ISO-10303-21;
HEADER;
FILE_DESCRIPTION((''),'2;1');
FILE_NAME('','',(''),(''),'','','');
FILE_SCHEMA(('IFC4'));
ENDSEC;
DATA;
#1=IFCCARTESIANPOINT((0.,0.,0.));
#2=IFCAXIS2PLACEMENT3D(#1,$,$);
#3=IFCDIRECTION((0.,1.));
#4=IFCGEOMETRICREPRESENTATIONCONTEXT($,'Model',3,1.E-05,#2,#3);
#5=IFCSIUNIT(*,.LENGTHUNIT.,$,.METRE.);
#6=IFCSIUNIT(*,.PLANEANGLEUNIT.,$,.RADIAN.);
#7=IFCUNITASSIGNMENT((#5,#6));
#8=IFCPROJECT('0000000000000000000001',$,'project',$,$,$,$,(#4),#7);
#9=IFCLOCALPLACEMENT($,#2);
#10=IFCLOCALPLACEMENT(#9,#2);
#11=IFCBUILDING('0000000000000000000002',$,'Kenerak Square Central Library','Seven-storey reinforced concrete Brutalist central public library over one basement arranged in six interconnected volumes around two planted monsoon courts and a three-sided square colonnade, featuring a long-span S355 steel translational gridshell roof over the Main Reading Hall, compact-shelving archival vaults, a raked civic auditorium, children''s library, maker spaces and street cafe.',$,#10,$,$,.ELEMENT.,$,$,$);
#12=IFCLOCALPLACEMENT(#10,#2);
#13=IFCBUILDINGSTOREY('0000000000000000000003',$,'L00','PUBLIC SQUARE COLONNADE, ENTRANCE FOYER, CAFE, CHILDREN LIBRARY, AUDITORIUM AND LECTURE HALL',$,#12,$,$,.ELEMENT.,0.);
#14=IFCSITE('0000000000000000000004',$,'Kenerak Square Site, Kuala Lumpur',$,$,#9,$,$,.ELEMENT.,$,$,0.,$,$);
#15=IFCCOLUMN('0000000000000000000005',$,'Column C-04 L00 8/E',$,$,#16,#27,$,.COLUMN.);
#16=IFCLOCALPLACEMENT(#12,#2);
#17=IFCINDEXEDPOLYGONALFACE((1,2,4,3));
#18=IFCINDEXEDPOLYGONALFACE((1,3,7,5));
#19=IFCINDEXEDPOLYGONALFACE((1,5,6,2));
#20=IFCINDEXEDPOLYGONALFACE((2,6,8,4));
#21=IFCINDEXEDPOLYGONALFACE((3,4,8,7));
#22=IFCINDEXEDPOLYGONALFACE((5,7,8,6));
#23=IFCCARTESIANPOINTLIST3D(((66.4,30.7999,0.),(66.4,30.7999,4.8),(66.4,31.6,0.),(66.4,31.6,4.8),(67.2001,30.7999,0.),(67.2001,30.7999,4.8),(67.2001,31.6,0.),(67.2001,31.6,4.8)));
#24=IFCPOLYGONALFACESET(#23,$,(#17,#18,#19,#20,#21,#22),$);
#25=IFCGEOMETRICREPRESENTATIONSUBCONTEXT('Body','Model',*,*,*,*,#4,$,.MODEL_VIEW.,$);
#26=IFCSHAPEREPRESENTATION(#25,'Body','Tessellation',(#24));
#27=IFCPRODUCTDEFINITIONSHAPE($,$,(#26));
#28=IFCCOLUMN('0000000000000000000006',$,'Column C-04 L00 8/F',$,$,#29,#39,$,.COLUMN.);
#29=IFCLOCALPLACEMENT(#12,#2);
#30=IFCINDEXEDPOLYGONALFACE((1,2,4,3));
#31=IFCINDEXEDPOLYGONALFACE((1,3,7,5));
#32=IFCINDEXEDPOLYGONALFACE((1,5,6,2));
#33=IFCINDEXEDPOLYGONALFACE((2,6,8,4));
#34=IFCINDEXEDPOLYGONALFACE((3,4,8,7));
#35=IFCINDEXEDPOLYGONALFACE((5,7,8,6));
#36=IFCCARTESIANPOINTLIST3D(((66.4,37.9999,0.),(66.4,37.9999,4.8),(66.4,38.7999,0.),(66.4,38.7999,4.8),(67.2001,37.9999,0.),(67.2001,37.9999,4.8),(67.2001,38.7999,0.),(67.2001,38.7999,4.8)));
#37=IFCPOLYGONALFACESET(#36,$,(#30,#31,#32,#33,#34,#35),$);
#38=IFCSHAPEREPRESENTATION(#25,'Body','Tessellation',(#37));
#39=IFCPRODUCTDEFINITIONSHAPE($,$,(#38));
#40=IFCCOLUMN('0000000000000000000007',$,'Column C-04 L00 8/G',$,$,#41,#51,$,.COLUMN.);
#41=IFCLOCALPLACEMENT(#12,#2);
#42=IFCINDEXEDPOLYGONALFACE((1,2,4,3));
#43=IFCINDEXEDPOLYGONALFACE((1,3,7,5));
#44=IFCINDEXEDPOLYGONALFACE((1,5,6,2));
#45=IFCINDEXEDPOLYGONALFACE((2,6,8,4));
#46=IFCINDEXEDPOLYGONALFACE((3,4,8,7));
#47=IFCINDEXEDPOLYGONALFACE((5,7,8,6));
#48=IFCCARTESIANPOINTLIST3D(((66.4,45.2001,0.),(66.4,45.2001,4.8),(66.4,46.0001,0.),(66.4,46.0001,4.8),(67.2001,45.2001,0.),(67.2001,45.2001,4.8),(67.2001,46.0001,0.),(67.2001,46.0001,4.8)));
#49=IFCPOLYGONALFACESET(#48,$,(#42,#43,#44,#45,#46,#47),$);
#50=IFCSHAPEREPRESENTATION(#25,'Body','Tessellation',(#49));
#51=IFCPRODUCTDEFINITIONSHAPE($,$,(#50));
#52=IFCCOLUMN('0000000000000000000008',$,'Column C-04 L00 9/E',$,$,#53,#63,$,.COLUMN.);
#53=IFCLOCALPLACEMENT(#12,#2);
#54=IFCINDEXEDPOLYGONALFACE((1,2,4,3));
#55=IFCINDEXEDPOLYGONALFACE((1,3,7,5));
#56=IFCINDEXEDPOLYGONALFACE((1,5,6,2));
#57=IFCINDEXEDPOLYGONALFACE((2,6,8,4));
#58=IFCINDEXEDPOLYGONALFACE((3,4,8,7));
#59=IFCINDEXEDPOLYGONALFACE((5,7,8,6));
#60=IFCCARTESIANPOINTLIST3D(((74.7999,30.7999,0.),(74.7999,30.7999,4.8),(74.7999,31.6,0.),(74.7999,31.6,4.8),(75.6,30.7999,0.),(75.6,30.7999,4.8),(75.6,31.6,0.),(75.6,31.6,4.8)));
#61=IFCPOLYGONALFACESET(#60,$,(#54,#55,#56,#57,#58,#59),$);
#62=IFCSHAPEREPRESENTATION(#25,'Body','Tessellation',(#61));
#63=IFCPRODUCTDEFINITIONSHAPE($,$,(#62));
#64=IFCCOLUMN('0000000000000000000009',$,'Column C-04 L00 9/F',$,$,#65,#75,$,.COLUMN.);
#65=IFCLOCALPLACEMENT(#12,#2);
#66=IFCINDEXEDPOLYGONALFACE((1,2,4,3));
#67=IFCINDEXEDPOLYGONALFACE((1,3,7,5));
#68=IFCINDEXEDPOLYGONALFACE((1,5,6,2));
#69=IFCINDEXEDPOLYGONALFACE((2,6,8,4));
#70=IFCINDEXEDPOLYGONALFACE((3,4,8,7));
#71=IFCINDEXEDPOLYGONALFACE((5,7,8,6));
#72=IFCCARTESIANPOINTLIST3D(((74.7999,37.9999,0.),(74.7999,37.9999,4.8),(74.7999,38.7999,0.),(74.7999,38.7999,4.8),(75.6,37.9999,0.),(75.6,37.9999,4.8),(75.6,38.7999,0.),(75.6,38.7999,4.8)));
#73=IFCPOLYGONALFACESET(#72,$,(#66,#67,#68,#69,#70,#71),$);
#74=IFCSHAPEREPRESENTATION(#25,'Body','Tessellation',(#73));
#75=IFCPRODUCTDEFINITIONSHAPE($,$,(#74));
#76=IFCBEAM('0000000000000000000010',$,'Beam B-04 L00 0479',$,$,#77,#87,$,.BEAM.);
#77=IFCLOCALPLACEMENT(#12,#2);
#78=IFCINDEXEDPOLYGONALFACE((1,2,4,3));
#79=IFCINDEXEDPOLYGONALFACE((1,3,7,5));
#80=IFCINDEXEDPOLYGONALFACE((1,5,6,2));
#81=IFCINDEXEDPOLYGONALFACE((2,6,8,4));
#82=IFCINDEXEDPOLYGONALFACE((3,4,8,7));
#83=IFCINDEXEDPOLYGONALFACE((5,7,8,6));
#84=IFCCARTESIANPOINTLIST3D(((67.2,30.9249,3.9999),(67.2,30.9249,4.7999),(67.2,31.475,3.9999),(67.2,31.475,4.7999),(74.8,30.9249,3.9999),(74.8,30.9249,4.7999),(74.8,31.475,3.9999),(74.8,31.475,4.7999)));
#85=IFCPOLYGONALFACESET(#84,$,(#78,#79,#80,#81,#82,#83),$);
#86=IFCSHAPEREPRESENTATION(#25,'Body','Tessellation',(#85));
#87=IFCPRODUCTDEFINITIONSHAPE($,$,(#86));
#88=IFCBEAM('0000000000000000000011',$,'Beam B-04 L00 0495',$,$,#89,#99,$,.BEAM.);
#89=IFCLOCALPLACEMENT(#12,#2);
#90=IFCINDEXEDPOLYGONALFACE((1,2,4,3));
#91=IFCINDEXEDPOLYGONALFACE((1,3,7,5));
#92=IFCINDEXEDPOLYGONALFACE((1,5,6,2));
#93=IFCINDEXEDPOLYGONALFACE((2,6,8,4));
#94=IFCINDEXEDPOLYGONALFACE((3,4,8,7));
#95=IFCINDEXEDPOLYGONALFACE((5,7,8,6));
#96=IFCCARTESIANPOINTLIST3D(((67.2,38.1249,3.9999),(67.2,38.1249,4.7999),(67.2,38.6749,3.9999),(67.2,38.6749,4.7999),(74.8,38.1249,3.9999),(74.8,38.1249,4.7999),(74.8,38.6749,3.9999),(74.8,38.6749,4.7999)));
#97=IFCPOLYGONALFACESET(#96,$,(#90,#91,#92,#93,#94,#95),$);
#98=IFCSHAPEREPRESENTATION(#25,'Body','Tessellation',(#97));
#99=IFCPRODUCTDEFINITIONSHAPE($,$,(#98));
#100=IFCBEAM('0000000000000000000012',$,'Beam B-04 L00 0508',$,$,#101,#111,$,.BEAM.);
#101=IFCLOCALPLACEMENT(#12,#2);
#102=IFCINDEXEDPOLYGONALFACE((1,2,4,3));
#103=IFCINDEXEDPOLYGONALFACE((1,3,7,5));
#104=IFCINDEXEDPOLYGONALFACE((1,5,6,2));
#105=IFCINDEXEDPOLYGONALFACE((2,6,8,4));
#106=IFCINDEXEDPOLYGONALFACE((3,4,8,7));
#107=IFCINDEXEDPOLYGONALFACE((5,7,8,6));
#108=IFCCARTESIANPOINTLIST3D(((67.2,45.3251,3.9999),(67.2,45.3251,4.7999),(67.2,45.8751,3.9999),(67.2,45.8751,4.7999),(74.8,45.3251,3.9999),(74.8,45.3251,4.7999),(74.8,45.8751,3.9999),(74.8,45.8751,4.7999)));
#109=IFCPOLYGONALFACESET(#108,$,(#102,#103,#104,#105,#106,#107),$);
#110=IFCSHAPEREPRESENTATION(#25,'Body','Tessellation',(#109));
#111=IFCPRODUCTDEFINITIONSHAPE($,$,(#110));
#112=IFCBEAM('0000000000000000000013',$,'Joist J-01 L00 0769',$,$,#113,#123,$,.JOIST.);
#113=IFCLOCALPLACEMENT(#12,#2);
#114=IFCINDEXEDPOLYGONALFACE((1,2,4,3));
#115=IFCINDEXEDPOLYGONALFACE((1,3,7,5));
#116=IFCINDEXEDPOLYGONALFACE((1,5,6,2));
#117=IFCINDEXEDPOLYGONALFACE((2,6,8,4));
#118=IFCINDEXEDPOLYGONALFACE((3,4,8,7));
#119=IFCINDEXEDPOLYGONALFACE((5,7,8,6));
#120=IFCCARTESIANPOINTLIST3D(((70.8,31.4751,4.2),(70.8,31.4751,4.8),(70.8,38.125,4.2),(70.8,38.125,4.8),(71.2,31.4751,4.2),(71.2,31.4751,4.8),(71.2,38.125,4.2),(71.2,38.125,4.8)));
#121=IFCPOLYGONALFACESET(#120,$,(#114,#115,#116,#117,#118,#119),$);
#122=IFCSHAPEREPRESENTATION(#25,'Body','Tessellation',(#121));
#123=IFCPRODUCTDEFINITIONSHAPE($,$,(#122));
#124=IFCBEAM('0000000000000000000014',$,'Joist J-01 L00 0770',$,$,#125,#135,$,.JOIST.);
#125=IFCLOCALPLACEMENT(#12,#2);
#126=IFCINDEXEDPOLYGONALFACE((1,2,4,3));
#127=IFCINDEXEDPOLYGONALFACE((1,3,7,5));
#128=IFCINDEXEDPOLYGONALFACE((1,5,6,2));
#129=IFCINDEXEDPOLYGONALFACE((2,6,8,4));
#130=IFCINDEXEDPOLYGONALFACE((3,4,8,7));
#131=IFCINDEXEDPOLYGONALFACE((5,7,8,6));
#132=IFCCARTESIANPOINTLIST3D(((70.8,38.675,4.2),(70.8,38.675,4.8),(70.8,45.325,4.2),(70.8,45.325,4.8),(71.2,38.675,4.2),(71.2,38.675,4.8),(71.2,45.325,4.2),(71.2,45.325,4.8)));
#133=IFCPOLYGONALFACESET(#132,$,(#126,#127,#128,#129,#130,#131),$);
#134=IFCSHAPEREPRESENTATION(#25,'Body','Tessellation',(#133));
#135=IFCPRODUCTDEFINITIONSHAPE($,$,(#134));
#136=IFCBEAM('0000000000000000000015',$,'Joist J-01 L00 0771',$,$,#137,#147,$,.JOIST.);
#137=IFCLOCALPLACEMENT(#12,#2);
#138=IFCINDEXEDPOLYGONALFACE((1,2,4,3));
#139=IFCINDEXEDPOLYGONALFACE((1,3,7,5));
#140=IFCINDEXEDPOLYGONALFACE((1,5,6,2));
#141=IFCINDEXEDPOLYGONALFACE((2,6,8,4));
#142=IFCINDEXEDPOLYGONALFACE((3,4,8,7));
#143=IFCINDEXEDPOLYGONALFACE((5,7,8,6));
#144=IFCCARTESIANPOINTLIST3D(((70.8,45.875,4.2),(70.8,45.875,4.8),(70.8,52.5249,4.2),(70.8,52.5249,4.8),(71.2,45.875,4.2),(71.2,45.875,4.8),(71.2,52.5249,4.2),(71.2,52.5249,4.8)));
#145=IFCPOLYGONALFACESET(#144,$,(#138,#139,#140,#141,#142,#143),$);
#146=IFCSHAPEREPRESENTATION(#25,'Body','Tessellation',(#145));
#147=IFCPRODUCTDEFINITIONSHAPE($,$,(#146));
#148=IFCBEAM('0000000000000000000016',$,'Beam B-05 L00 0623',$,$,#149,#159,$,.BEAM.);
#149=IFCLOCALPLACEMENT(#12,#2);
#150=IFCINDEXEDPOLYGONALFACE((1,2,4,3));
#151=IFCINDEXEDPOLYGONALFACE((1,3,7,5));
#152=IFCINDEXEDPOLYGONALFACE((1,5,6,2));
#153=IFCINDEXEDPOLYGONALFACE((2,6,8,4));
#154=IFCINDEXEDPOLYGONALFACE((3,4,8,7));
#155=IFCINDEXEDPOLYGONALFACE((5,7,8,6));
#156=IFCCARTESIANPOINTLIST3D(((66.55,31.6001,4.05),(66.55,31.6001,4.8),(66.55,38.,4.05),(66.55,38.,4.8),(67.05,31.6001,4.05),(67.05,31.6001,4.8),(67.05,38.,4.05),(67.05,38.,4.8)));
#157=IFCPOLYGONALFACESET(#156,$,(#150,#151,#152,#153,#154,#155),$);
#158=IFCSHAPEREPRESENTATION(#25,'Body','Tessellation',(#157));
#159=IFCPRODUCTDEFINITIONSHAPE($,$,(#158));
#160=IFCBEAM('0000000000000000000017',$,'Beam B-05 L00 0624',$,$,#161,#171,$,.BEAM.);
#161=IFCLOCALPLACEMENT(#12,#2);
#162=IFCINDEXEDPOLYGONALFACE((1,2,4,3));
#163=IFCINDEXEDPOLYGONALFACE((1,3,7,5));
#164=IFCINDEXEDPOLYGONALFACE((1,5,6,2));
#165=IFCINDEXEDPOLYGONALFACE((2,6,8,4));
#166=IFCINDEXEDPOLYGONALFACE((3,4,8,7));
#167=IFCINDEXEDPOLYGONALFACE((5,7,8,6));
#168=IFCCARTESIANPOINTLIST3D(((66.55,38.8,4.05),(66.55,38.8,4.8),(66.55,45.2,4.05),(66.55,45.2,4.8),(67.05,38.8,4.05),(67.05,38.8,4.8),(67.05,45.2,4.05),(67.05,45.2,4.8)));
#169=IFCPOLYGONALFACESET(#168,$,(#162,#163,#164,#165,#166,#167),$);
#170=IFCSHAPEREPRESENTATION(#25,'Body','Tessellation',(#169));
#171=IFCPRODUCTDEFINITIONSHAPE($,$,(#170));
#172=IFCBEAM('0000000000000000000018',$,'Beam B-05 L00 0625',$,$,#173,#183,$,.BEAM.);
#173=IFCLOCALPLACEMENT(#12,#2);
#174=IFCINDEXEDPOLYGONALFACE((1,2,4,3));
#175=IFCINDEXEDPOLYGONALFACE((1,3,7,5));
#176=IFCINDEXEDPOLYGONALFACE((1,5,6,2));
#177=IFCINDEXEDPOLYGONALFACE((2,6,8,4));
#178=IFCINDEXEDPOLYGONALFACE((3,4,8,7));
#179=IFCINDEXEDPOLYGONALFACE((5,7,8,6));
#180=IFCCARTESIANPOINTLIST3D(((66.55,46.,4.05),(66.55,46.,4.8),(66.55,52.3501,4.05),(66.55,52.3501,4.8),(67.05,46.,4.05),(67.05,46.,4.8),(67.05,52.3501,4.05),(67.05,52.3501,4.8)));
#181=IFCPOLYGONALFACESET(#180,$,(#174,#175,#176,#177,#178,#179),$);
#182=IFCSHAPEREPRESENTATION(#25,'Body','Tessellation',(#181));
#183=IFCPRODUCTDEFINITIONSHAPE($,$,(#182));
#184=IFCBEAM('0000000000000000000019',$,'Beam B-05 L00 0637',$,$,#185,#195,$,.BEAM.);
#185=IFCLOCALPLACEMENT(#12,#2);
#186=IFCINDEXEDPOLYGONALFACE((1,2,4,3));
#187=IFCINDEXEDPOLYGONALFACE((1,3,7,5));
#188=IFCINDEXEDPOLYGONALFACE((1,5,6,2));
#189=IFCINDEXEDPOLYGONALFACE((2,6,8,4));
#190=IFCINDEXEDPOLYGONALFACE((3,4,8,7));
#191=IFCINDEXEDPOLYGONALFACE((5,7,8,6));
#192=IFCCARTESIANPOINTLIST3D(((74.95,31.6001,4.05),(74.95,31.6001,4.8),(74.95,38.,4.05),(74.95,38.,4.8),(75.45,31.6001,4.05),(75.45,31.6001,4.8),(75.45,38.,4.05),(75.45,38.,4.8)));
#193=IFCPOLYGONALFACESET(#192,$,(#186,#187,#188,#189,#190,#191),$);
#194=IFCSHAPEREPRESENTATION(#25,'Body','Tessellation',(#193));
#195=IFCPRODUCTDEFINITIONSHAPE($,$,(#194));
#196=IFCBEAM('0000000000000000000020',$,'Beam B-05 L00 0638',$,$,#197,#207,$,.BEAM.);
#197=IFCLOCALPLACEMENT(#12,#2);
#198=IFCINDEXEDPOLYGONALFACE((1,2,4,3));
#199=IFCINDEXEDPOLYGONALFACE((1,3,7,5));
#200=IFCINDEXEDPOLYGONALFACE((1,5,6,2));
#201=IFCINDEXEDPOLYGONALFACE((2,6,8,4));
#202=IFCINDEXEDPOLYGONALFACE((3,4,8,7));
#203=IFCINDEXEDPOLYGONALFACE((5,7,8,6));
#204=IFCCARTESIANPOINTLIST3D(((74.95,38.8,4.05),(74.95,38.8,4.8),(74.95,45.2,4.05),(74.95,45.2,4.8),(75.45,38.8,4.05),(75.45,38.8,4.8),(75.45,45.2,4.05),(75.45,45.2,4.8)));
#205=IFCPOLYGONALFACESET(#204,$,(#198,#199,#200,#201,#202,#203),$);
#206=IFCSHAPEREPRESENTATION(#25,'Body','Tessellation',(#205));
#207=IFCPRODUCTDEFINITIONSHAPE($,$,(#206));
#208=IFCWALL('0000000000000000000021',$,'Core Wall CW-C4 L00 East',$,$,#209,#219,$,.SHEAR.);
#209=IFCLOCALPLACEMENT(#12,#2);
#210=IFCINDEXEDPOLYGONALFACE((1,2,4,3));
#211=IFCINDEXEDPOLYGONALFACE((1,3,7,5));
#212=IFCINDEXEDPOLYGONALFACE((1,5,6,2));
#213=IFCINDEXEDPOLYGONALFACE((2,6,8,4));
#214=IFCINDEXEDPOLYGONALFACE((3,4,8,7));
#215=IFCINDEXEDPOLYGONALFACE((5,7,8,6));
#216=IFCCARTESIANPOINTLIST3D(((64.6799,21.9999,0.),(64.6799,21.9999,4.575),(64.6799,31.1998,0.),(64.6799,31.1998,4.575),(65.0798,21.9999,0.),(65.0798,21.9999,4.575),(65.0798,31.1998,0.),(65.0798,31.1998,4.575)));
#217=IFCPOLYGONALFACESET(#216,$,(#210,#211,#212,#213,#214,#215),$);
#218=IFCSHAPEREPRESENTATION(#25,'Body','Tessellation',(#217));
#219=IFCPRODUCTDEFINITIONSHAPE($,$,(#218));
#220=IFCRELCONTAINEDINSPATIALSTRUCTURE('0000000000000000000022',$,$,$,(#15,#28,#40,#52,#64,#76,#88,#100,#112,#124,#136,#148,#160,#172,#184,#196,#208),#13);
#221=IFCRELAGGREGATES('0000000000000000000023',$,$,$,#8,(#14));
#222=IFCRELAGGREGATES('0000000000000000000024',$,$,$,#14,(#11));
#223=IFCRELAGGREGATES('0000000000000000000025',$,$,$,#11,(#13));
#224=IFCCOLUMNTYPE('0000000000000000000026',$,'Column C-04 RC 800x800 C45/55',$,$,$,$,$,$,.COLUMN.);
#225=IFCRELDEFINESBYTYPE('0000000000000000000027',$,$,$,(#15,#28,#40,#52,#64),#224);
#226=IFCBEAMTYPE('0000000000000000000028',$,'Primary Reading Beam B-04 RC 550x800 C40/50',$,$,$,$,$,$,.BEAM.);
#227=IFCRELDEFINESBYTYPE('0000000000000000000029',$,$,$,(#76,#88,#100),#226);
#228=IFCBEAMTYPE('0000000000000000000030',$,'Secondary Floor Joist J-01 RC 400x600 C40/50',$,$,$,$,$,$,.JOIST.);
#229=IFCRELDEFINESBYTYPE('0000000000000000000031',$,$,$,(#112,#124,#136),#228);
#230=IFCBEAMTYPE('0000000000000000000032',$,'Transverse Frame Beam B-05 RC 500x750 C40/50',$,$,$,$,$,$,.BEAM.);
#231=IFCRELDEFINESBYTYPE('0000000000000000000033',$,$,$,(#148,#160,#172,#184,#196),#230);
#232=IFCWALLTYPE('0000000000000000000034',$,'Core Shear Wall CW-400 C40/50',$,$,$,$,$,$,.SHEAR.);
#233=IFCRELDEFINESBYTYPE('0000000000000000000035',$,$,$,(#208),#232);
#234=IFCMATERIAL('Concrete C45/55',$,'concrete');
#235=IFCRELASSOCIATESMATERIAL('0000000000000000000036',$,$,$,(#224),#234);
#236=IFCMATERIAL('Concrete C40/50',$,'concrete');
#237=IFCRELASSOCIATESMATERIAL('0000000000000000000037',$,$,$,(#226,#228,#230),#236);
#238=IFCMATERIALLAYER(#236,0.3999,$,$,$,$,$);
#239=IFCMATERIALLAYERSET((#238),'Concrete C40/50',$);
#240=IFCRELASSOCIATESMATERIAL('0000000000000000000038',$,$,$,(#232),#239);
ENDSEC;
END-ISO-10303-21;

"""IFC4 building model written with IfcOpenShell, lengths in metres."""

from ifc_helpers import new_model, si_unit, direction, frame, frame_2d, origin, origin_2d, place, context, subcontext, project, spatial, rectangle, extrude, material, layer, layer_set, material_profile, profile_set, type_object, element, save


model = new_model("IFC4")

# Units and contexts
model_context = context("Model", 3, precision=1e-05, world=origin(), true_north=direction((0.0, 1.0)))
body_context = subcontext(model_context, "Body", "Model", "MODEL_VIEW")
ifc_project = project(units=[si_unit("LENGTHUNIT", "METRE"), si_unit("PLANEANGLEUNIT", "RADIAN")], contexts=[model_context])

# Site, building, storey
site_placement = place(None, origin())
site = spatial("IfcSite", under=ifc_project, at=site_placement, Name="Kenerak Square Site, Kuala Lumpur", CompositionType="ELEMENT", RefElevation=0.0)
building_placement = place(site_placement, origin())
building = spatial("IfcBuilding", under=site, at=building_placement, Name="Kenerak Square Central Library", Description="Seven-storey reinforced concrete Brutalist central public library over one basement arranged in six interconnected volumes around two planted monsoon courts and a three-sided square colonnade, featuring a long-span S355 steel translational gridshell roof over the Main Reading Hall, compact-shelving archival vaults, a raked civic auditorium, children's library, maker spaces and street cafe.", CompositionType="ELEMENT")
storey_placement = place(building_placement, origin())
storey = spatial("IfcBuildingStorey", under=building, at=storey_placement, Name="L00", Description="PUBLIC SQUARE COLONNADE, ENTRANCE FOYER, CAFE, CHILDREN LIBRARY, AUDITORIUM AND LECTURE HALL", CompositionType="ELEMENT", Elevation=0.0)

# Columns
ifc_material_1 = material(Name="Concrete C45/55", Category="concrete")
ifc_material_profile_1 = material_profile(ifc_material_1, rectangle(XDim=0.8, YDim=0.8, at=origin_2d()), Name="RC 800x800")
ifc_profile_set_1 = profile_set([ifc_material_profile_1], Name="Concrete C45/55")
column_type = type_object("IfcColumnType", Name="Column C-04 RC 800x800 C45/55", PredefinedType="COLUMN", material=ifc_profile_set_1)
for number, where, z_axis, x_axis, name in (
    (1, (66.8, 31.2, 0.0), (0.0, 0.0, 1.0), (1.0, 0.0, 0.0), "Column C-04 L00 8/E"),
    (2, (66.8, 38.3999, 0.0), (0.0, 0.0, 1.0), (1.0, 0.0, 0.0), "Column C-04 L00 8/F"),
    (3, (66.8, 45.6001, 0.0), (0.0, 0.0, 1.0), (1.0, 0.0, 0.0), "Column C-04 L00 8/G"),
    (4, (75.2, 31.2, 0.0), (0.0, 0.0, 1.0), (1.0, 0.0, 0.0), "Column C-04 L00 9/E"),
    (5, (75.2, 38.3999, 0.0), (0.0, 0.0, 1.0), (1.0, 0.0, 0.0), "Column C-04 L00 9/F"),
):
    element("IfcColumn", number, at=place(storey_placement, frame(where, z_axis=z_axis, x_axis=x_axis)), inside=storey, type_object=column_type, Name=name, PredefinedType="COLUMN", context=body_context, shape_type="SweptSolid", body=[
        extrude(rectangle(XDim=0.8, YDim=0.8, at=origin_2d()), origin(), (0.0, 0.0, 1.0), 4.8),
    ])

# Beams
ifc_material_2 = material(Name="Concrete C40/50", Category="concrete")
ifc_material_profile_2 = material_profile(ifc_material_2, rectangle(XDim=0.55, YDim=0.8, at=origin_2d()), Name="RC 550x800")
ifc_profile_set_2 = profile_set([ifc_material_profile_2], Name="Concrete C40/50")
beam_type_1 = type_object("IfcBeamType", Name="Primary Reading Beam B-04 RC 550x800 C40/50", PredefinedType="BEAM", material=ifc_profile_set_2)
for number, where, z_axis, x_axis, name in (
    (6, (67.2, 31.2, 4.3999), (1.0, 0.0, 0.0), (0.0, 1.0, 0.0), "Beam B-04 L00 0479"),
    (7, (67.2, 38.3999, 4.3999), (1.0, 0.0, 0.0), (0.0, 1.0, 0.0), "Beam B-04 L00 0495"),
    (8, (67.2, 45.6001, 4.3999), (1.0, 0.0, 0.0), (0.0, 1.0, 0.0), "Beam B-04 L00 0508"),
):
    element("IfcBeam", number, at=place(storey_placement, frame(where, z_axis=z_axis, x_axis=x_axis)), inside=storey, type_object=beam_type_1, Name=name, PredefinedType="BEAM", context=body_context, shape_type="SweptSolid", body=[
        extrude(rectangle(XDim=0.55, YDim=0.8, at=origin_2d()), origin(), (0.0, 0.0, 1.0), 7.6001),
    ])
ifc_material_profile_3 = material_profile(ifc_material_2, rectangle(XDim=0.3999, YDim=0.6001, at=origin_2d()), Name="RC 400x600")
ifc_profile_set_3 = profile_set([ifc_material_profile_3], Name="Concrete C40/50")
beam_type_2 = type_object("IfcBeamType", Name="Secondary Floor Joist J-01 RC 400x600 C40/50", PredefinedType="JOIST", material=ifc_profile_set_3)
for number, where, z_axis, x_axis, name in (
    (9, (71.0, 31.4751, 4.5), (0.0, 1.0, 0.0), (-1.0, 0.0, 0.0), "Joist J-01 L00 0769"),
    (10, (71.0, 38.675, 4.5), (0.0, 1.0, 0.0), (-1.0, 0.0, 0.0), "Joist J-01 L00 0770"),
    (11, (71.0, 45.875, 4.5), (0.0, 1.0, 0.0), (-1.0, 0.0, 0.0), "Joist J-01 L00 0771"),
):
    element("IfcBeam", number, at=place(storey_placement, frame(where, z_axis=z_axis, x_axis=x_axis)), inside=storey, type_object=beam_type_2, Name=name, PredefinedType="JOIST", context=body_context, shape_type="SweptSolid", body=[
        extrude(rectangle(XDim=0.3999, YDim=0.6001, at=origin_2d()), origin(), (0.0, 0.0, 1.0), 6.6499),
    ])
ifc_material_profile_4 = material_profile(ifc_material_2, rectangle(XDim=0.5, YDim=0.75, at=origin_2d()), Name="RC 500x750")
ifc_profile_set_4 = profile_set([ifc_material_profile_4], Name="Concrete C40/50")
beam_type_3 = type_object("IfcBeamType", Name="Transverse Frame Beam B-05 RC 500x750 C40/50", PredefinedType="BEAM", material=ifc_profile_set_4)
for number, where, z_axis, x_axis, name in (
    (12, (66.8, 31.6001, 4.425), (0.0, 1.0, 0.0), (-1.0, 0.0, 0.0), "Beam B-05 L00 0623"),
    (13, (66.8, 38.8, 4.425), (0.0, 1.0, 0.0), (-1.0, 0.0, 0.0), "Beam B-05 L00 0624"),
):
    element("IfcBeam", number, at=place(storey_placement, frame(where, z_axis=z_axis, x_axis=x_axis)), inside=storey, type_object=beam_type_3, Name=name, PredefinedType="BEAM", context=body_context, shape_type="SweptSolid", body=[
        extrude(rectangle(XDim=0.5, YDim=0.75, at=origin_2d()), origin(), (0.0, 0.0, 1.0), 6.3999),
    ])
beam_placement = place(storey_placement, frame((66.8, 46.0, 4.425), z_axis=(0.0, 1.0, 0.0), x_axis=(-1.0, 0.0, 0.0)))
element("IfcBeam", 14, at=beam_placement, inside=storey, type_object=beam_type_3, Name="Beam B-05 L00 0625", PredefinedType="BEAM", context=body_context, shape_type="SweptSolid", body=[
    extrude(rectangle(XDim=0.5, YDim=0.75, at=origin_2d()), origin(), (0.0, 0.0, 1.0), 6.3501),
])
for number, where, z_axis, x_axis, name in (
    (15, (75.2, 31.6001, 4.425), (0.0, 1.0, 0.0), (-1.0, 0.0, 0.0), "Beam B-05 L00 0637"),
    (16, (75.2, 38.8, 4.425), (0.0, 1.0, 0.0), (-1.0, 0.0, 0.0), "Beam B-05 L00 0638"),
):
    element("IfcBeam", number, at=place(storey_placement, frame(where, z_axis=z_axis, x_axis=x_axis)), inside=storey, type_object=beam_type_3, Name=name, PredefinedType="BEAM", context=body_context, shape_type="SweptSolid", body=[
        extrude(rectangle(XDim=0.5, YDim=0.75, at=origin_2d()), origin(), (0.0, 0.0, 1.0), 6.3999),
    ])

# Wall
ifc_layer_1 = layer(ifc_material_2, 0.3999)
ifc_layer_set_1 = layer_set([ifc_layer_1], Name="Concrete C40/50")
wall_type_1 = type_object("IfcWallType", Name="Core Shear Wall CW-400 C40/50", PredefinedType="SHEAR", material=ifc_layer_set_1)
wall_1_placement = place(storey_placement, frame((64.8799, 31.2, 0.0), z_axis=(0.0, 0.0, 1.0), x_axis=(0.0, -1.0, 0.0)))
element("IfcWall", 17, at=wall_1_placement, inside=storey, type_object=wall_type_1, Name="Core Wall CW-C4 L00 East", PredefinedType="SHEAR", context=body_context, shape_type="SweptSolid", body=[
    extrude(rectangle(XDim=9.2, YDim=0.3999, at=frame_2d((4.6001, 0.0))), origin(), (0.0, 0.0, 1.0), 4.575),
])

save(model, "model.ifc")
